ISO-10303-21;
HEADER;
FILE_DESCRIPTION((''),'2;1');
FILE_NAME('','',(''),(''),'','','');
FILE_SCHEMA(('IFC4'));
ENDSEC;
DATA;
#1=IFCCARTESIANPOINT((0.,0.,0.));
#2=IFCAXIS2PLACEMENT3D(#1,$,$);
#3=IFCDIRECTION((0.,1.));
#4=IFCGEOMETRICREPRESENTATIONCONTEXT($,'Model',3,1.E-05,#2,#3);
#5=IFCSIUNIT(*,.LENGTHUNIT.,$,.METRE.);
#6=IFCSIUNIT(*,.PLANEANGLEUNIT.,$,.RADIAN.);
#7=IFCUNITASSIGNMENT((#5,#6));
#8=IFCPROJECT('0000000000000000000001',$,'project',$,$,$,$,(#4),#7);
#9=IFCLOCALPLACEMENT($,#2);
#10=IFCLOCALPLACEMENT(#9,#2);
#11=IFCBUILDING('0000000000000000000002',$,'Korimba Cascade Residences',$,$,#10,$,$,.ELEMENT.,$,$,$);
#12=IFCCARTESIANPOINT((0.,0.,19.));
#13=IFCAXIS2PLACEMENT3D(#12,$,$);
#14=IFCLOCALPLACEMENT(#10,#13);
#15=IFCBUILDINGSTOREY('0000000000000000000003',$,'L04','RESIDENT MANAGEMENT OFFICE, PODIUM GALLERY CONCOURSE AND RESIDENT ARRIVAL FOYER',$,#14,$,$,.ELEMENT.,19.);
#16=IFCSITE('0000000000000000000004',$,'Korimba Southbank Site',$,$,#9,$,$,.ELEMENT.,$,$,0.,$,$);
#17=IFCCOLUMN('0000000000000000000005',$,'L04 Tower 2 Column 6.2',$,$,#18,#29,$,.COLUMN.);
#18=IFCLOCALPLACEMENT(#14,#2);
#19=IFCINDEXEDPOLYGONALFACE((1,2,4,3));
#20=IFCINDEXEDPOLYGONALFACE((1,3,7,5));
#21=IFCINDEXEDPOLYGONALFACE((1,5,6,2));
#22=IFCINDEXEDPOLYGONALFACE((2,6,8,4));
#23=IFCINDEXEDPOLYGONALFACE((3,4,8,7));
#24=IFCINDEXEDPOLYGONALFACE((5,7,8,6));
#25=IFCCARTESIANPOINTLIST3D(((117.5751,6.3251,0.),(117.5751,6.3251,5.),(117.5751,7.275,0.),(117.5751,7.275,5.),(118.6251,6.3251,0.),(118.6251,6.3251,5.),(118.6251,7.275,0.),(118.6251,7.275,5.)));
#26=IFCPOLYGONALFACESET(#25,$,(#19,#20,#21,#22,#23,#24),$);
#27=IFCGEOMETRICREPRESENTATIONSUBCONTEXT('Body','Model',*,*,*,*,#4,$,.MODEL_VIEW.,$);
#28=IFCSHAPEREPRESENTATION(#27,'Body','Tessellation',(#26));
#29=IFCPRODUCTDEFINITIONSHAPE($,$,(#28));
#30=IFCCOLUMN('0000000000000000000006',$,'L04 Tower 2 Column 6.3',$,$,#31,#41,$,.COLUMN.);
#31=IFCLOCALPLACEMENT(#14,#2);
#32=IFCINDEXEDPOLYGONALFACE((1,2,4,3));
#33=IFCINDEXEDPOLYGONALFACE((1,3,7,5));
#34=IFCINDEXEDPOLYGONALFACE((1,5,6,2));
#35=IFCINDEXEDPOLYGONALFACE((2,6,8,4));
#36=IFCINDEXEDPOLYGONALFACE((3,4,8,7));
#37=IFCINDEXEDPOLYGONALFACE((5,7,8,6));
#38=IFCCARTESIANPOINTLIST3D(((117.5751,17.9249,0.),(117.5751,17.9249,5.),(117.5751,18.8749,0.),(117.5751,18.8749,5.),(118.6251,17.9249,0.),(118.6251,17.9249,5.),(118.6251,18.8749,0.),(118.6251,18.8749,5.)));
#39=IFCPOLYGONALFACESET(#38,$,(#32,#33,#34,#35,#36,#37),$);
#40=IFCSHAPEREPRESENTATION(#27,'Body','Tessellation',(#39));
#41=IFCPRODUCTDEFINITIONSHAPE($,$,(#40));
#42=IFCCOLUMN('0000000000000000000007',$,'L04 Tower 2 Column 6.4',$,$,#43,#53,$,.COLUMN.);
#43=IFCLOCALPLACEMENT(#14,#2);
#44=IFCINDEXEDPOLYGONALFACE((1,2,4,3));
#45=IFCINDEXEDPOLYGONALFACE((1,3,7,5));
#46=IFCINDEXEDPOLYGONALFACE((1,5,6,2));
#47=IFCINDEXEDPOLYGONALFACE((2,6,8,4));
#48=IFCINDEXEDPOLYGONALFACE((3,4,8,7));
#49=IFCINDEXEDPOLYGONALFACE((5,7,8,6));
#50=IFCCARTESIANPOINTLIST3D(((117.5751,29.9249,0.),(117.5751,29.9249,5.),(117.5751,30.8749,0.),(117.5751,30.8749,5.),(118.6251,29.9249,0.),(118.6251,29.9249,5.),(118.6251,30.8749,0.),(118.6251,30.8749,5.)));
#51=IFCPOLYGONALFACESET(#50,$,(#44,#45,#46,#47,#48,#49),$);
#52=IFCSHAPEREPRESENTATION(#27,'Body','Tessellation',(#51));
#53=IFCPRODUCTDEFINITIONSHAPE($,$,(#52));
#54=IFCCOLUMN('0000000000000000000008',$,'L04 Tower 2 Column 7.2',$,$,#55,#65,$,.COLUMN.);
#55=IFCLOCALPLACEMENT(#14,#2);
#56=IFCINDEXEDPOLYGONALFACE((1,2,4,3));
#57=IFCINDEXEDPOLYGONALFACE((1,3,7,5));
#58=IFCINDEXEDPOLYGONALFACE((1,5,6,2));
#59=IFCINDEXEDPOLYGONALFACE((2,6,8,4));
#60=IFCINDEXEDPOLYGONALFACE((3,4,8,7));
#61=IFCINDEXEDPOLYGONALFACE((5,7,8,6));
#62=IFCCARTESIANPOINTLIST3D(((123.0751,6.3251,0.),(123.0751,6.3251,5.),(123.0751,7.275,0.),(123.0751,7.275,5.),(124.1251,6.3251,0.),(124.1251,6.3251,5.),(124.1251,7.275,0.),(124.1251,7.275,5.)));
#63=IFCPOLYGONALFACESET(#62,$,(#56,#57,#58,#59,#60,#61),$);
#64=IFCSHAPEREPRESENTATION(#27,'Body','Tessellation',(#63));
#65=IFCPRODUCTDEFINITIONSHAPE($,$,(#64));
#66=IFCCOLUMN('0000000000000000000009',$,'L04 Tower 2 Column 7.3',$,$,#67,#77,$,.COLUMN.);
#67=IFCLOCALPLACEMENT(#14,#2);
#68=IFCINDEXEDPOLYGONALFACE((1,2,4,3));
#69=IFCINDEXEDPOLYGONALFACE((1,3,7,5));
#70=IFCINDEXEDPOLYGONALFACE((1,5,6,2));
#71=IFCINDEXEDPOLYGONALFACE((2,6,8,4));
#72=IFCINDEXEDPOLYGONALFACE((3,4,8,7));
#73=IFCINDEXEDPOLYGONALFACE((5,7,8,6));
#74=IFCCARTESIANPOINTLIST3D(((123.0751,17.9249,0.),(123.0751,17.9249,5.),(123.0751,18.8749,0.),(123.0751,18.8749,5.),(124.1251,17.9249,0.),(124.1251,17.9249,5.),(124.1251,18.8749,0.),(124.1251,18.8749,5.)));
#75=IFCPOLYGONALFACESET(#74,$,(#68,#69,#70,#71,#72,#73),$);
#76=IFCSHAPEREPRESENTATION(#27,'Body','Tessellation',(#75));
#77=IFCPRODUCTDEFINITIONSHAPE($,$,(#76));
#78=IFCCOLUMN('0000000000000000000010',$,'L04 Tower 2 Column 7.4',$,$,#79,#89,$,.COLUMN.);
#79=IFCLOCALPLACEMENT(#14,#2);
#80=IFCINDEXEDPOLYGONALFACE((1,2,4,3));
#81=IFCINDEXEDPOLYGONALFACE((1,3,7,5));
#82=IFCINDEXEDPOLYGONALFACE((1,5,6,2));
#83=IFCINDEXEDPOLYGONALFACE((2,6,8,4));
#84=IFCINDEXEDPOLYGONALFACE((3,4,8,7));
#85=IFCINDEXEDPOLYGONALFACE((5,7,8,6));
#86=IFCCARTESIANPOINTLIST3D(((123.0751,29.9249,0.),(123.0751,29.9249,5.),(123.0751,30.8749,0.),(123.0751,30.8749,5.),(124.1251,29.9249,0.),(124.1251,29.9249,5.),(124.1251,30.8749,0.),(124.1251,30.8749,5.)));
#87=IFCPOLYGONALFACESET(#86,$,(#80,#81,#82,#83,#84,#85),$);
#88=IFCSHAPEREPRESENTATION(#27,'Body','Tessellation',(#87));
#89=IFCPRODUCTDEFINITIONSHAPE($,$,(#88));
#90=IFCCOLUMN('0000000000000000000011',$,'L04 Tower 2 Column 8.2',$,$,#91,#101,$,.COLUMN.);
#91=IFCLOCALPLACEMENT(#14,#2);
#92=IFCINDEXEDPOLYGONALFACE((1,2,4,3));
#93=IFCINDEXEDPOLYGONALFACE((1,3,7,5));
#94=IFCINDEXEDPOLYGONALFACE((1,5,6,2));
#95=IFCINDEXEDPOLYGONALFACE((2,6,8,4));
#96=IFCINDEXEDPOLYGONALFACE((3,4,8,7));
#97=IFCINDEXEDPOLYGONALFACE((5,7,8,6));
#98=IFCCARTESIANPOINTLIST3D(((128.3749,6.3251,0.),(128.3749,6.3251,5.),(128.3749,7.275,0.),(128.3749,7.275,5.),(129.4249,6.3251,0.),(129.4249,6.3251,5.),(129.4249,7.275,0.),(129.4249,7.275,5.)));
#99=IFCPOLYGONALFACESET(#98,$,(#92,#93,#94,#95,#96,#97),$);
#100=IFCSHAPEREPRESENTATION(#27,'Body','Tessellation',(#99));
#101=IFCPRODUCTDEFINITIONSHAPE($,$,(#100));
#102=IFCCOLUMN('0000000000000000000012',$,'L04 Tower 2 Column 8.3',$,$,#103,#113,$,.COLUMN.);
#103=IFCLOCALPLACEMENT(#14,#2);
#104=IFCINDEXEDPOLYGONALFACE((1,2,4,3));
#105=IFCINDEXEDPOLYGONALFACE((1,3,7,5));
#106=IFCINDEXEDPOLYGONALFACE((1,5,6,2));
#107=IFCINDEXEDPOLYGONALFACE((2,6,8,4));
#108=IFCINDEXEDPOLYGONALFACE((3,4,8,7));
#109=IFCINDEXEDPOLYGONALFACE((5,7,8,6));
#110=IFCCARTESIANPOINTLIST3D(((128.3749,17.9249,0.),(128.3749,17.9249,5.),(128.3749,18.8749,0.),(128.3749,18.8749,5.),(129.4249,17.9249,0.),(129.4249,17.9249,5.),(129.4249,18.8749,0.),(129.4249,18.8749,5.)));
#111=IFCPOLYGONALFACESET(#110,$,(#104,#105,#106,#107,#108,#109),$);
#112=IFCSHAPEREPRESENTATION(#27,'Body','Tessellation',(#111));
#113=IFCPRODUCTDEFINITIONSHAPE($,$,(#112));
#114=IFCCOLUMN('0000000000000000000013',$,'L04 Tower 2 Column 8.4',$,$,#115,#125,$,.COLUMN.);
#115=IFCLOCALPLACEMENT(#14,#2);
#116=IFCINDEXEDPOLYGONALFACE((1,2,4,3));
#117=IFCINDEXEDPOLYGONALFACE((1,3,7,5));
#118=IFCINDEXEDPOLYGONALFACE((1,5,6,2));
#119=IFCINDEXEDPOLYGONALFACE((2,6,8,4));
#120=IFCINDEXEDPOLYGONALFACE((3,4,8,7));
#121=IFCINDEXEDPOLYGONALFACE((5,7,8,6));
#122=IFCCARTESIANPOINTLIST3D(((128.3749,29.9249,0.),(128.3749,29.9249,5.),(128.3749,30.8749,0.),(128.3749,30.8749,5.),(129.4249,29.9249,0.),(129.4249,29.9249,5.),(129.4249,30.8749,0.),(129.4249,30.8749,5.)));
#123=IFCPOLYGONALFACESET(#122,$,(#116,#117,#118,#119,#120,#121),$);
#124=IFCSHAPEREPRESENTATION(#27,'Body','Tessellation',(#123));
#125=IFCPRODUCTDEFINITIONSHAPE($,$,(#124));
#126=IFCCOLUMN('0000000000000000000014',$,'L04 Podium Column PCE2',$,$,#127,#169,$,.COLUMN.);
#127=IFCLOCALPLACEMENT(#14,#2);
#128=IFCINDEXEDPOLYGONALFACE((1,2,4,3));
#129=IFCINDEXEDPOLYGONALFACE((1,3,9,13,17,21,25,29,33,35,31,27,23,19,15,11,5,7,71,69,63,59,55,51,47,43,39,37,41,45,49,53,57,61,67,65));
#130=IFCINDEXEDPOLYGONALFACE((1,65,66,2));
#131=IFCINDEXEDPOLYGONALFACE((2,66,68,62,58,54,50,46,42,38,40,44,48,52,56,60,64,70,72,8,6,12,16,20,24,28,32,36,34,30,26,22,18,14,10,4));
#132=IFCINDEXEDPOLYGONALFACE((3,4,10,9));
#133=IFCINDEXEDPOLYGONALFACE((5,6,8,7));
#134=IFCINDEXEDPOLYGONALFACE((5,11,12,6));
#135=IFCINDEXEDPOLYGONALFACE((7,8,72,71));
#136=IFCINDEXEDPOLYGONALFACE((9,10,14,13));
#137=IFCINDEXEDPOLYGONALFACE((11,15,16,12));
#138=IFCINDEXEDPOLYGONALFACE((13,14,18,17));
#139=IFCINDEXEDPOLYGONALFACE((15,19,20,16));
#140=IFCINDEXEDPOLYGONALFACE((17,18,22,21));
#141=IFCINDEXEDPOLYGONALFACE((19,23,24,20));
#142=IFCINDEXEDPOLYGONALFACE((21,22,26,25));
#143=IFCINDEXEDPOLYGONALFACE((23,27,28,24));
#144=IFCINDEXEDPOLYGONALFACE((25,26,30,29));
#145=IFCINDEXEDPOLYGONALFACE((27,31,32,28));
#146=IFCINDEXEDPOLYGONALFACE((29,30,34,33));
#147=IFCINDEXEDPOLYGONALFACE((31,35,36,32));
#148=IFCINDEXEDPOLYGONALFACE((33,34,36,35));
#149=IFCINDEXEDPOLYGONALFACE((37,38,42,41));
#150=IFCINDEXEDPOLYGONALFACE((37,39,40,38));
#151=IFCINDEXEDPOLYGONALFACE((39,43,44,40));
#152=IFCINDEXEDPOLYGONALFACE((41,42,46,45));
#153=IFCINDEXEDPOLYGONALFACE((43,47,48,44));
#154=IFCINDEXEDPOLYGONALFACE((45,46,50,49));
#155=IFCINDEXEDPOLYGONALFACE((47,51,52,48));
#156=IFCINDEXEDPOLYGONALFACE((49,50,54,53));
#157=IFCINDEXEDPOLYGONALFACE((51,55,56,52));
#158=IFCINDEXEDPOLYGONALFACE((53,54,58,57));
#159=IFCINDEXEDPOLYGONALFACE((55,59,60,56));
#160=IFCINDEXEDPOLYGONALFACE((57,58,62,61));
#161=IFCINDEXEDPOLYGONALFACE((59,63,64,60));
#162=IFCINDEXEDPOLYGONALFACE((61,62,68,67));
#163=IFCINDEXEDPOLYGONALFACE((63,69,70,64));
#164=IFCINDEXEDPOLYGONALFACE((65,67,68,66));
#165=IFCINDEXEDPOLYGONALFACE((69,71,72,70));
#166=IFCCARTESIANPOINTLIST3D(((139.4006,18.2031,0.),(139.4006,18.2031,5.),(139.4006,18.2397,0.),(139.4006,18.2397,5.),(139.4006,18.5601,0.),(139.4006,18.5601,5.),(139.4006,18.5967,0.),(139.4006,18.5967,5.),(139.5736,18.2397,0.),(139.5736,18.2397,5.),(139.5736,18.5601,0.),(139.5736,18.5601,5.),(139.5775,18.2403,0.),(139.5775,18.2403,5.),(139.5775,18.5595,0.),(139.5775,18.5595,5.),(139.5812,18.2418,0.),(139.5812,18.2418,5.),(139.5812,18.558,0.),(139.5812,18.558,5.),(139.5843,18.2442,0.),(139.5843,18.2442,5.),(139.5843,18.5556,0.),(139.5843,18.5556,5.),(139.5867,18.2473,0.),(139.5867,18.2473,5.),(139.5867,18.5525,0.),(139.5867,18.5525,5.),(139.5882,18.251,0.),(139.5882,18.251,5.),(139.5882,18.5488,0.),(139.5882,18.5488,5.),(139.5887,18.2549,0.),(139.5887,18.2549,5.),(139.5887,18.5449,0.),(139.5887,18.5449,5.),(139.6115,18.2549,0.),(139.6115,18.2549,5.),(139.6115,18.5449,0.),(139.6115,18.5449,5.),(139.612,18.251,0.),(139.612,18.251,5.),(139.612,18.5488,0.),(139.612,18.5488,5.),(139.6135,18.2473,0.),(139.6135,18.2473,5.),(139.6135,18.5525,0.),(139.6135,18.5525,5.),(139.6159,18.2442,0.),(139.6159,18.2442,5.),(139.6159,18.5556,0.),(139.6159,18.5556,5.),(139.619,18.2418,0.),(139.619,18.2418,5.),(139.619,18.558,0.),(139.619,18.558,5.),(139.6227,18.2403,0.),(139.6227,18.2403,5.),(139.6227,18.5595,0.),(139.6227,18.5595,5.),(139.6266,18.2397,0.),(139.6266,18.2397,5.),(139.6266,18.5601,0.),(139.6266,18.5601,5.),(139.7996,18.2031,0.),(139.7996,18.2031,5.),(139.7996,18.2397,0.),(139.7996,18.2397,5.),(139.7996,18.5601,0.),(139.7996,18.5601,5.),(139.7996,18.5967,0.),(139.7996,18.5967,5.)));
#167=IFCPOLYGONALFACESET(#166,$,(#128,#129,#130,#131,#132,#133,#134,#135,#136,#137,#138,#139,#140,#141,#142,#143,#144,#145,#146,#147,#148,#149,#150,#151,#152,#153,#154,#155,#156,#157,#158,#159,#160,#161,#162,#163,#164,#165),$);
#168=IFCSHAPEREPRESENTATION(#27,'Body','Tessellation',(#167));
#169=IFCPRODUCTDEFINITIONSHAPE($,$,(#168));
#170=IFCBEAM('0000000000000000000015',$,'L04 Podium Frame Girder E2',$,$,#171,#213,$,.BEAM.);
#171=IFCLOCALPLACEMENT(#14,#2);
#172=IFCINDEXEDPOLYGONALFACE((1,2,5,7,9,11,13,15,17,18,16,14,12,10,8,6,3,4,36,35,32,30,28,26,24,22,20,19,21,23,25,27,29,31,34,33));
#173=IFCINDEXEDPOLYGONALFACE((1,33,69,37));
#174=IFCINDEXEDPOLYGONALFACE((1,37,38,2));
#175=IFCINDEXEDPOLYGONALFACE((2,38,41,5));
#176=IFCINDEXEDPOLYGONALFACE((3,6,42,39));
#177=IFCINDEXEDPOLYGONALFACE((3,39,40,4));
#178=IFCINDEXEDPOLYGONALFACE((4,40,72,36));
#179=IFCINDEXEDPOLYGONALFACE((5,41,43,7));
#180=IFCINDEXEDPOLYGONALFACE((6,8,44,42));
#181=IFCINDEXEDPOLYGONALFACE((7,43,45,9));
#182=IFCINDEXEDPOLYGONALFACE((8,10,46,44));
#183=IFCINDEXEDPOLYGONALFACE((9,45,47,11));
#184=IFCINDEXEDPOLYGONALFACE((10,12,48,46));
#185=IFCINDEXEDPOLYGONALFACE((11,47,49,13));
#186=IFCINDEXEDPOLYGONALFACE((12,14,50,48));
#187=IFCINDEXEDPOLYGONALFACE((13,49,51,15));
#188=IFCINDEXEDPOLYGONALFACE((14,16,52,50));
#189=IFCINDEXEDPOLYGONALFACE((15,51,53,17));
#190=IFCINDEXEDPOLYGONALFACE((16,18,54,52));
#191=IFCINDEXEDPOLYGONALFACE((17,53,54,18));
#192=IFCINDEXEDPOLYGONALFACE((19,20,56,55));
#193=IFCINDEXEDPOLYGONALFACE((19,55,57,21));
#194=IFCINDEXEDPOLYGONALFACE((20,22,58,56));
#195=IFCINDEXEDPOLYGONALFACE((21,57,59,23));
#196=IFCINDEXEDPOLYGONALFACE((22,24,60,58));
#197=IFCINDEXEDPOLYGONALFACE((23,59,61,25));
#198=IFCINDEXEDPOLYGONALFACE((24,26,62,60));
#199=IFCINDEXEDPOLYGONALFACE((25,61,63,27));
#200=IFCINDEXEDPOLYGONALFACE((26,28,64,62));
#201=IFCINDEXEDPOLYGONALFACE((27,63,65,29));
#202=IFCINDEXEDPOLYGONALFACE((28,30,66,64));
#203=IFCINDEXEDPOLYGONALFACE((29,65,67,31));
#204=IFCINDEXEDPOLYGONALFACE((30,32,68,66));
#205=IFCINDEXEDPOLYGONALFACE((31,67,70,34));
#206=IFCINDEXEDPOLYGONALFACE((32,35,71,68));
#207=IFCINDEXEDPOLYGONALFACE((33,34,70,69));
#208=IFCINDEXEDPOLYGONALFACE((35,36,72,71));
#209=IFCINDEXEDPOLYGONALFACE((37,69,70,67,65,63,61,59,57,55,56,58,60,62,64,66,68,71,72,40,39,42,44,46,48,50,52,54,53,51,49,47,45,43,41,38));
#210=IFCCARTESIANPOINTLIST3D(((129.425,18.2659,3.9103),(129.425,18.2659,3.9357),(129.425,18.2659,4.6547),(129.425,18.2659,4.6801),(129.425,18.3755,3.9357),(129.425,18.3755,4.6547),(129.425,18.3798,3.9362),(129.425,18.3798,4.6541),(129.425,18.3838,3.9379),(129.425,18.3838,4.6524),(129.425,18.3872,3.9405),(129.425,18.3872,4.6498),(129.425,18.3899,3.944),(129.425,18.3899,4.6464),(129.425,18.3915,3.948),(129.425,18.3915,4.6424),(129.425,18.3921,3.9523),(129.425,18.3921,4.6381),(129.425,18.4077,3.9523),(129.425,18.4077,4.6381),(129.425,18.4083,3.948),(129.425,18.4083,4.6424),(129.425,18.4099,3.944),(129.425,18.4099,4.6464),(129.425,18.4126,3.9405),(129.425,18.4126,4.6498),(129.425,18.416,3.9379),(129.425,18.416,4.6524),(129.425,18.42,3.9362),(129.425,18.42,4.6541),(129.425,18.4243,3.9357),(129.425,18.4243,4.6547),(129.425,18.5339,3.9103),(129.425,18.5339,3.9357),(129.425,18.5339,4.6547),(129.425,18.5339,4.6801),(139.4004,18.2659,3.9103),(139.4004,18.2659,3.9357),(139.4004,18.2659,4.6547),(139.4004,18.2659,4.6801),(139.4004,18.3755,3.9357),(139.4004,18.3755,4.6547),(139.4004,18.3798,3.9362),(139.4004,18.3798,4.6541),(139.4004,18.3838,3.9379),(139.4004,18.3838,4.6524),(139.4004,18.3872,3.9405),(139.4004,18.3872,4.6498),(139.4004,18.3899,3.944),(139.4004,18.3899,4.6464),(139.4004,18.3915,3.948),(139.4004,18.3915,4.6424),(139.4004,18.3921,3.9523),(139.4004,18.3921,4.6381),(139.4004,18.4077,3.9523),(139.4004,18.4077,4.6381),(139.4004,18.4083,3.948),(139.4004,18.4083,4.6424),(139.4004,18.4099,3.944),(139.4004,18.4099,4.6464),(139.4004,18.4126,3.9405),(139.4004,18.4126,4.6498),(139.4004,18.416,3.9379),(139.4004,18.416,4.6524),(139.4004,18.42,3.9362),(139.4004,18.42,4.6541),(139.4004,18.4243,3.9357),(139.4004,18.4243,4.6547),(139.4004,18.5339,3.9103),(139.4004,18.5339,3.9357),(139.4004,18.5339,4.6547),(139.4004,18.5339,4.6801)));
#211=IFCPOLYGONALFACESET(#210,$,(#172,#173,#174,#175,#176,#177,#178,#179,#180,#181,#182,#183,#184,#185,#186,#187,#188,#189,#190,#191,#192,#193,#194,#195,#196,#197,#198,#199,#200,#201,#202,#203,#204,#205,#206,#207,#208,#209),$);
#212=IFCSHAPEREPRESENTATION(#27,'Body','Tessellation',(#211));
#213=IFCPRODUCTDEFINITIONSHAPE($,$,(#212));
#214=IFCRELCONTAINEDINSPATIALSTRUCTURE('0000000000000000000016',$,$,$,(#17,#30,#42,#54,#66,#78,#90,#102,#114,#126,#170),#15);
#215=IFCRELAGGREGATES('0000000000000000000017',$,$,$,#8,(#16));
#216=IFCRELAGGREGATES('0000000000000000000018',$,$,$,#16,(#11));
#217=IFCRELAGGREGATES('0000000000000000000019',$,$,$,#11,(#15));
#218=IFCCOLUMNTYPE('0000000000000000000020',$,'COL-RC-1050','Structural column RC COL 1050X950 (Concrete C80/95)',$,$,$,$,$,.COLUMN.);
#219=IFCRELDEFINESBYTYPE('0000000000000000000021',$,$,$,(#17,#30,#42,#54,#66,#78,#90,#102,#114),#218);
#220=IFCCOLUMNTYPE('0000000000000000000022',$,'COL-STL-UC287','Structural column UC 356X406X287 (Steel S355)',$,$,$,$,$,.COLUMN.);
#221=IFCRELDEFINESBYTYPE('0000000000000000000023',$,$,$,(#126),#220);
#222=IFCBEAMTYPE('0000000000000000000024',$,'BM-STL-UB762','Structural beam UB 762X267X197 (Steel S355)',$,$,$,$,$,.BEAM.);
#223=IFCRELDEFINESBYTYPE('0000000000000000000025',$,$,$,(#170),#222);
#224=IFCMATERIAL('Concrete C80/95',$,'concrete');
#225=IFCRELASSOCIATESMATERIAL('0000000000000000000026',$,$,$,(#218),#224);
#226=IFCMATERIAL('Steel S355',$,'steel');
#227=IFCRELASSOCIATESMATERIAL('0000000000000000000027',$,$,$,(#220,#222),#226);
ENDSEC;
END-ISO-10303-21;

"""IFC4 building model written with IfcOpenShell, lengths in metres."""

from ifc_helpers import new_model, si_unit, direction, frame, origin, origin_2d, place, context, subcontext, project, spatial, rectangle, i_section, extrude, material, material_profile, profile_set, type_object, element, save


model = new_model("IFC4")

# Units and contexts
model_context = context("Model", 3, precision=1e-05, world=origin(), true_north=direction((0.0, 1.0)))
body_context = subcontext(model_context, "Body", "Model", "MODEL_VIEW")
ifc_project = project(units=[si_unit("LENGTHUNIT", "METRE"), si_unit("PLANEANGLEUNIT", "RADIAN")], contexts=[model_context])

# Site, building, storey
site_placement = place(None, origin())
site = spatial("IfcSite", under=ifc_project, at=site_placement, Name="Korimba Southbank Site", CompositionType="ELEMENT", RefElevation=0.0)
building_placement = place(site_placement, origin())
building = spatial("IfcBuilding", under=site, at=building_placement, Name="Korimba Cascade Residences", CompositionType="ELEMENT")
storey_placement = place(building_placement, frame((0.0, 0.0, 19.0)))
storey = spatial("IfcBuildingStorey", under=building, at=storey_placement, Name="L04", Description="RESIDENT MANAGEMENT OFFICE, PODIUM GALLERY CONCOURSE AND RESIDENT ARRIVAL FOYER", CompositionType="ELEMENT", Elevation=19.0)

# Columns
ifc_material_1 = material(Name="Concrete C80/95", Category="concrete")
ifc_material_profile_1 = material_profile(ifc_material_1, rectangle(XDim=1.05, YDim=0.95, at=origin_2d()), Name="Concrete C80/95")
ifc_profile_set_1 = profile_set([ifc_material_profile_1], Name="Concrete C80/95")
column_type_1 = type_object("IfcColumnType", Name="COL-RC-1050", Description="Structural column RC COL 1050X950 (Concrete C80/95)", PredefinedType="COLUMN", material=ifc_profile_set_1)
for number, where, z_axis, x_axis, name in (
    (1, (118.1001, 6.8, 0.0), (0.0, 0.0, 1.0), (1.0, 0.0, 0.0), "L04 Tower 2 Column 6.2"),
    (2, (118.1001, 18.3999, 0.0), (0.0, 0.0, 1.0), (1.0, 0.0, 0.0), "L04 Tower 2 Column 6.3"),
    (3, (118.1001, 30.3999, 0.0), (0.0, 0.0, 1.0), (1.0, 0.0, 0.0), "L04 Tower 2 Column 6.4"),
    (4, (123.6001, 6.8, 0.0), (0.0, 0.0, 1.0), (1.0, 0.0, 0.0), "L04 Tower 2 Column 7.2"),
    (5, (123.6001, 18.3999, 0.0), (0.0, 0.0, 1.0), (1.0, 0.0, 0.0), "L04 Tower 2 Column 7.3"),
    (6, (123.6001, 30.3999, 0.0), (0.0, 0.0, 1.0), (1.0, 0.0, 0.0), "L04 Tower 2 Column 7.4"),
    (7, (128.8999, 6.8, 0.0), (0.0, 0.0, 1.0), (1.0, 0.0, 0.0), "L04 Tower 2 Column 8.2"),
    (8, (128.8999, 18.3999, 0.0), (0.0, 0.0, 1.0), (1.0, 0.0, 0.0), "L04 Tower 2 Column 8.3"),
    (9, (128.8999, 30.3999, 0.0), (0.0, 0.0, 1.0), (1.0, 0.0, 0.0), "L04 Tower 2 Column 8.4"),
):
    element("IfcColumn", number, at=place(storey_placement, frame(where, z_axis=z_axis, x_axis=x_axis)), inside=storey, type_object=column_type_1, Name=name, PredefinedType="COLUMN", context=body_context, shape_type="SweptSolid", body=[
        extrude(rectangle(XDim=1.05, YDim=0.95, at=origin_2d()), origin(), (0.0, 0.0, 1.0), 5.0),
    ])
ifc_material_2 = material(Name="Steel S355", Category="steel")
ifc_material_profile_2 = material_profile(ifc_material_2, i_section(OverallWidth=0.3989, OverallDepth=0.3936, WebThickness=0.0227, FlangeThickness=0.0366, FilletRadius=0.0151, at=origin_2d()), Name="Steel S355")
ifc_profile_set_2 = profile_set([ifc_material_profile_2], Name="Steel S355")
column_type_2 = type_object("IfcColumnType", Name="COL-STL-UC287", Description="Structural column UC 356X406X287 (Steel S355)", PredefinedType="COLUMN", material=ifc_profile_set_2)
column_placement = place(storey_placement, frame((139.6001, 18.3999, 0.0), z_axis=(0.0, 0.0, 1.0), x_axis=(1.0, 0.0, 0.0)))
element("IfcColumn", 10, at=column_placement, inside=storey, type_object=column_type_2, Name="L04 Podium Column PCE2", PredefinedType="COLUMN", context=body_context, shape_type="SweptSolid", body=[
    extrude(i_section(OverallWidth=0.3989, OverallDepth=0.3936, WebThickness=0.0227, FlangeThickness=0.0366, FilletRadius=0.0151, at=origin_2d()), origin(), (0.0, 0.0, 1.0), 5.0),
])

# Beam
ifc_material_profile_3 = material_profile(ifc_material_2, i_section(OverallWidth=0.2681, OverallDepth=0.7698, WebThickness=0.0156, FlangeThickness=0.0254, FilletRadius=0.0166, at=origin_2d()), Name="Steel S355")
ifc_profile_set_3 = profile_set([ifc_material_profile_3], Name="Steel S355")
beam_type_1 = type_object("IfcBeamType", Name="BM-STL-UB762", Description="Structural beam UB 762X267X197 (Steel S355)", PredefinedType="BEAM", material=ifc_profile_set_3)
beam_1_placement = place(storey_placement, frame((129.425, 18.3999, 4.2952), z_axis=(1.0, 0.0, 0.0), x_axis=(0.0, 1.0, 0.0)))
element("IfcBeam", 11, at=beam_1_placement, inside=storey, type_object=beam_type_1, Name="L04 Podium Frame Girder E2", PredefinedType="BEAM", context=body_context, shape_type="SweptSolid", body=[
    extrude(i_section(OverallWidth=0.2681, OverallDepth=0.7698, WebThickness=0.0156, FlangeThickness=0.0254, FilletRadius=0.0166, at=origin_2d()), origin(), (0.0, 0.0, 1.0), 9.9753),
])

save(model, "model.ifc")
